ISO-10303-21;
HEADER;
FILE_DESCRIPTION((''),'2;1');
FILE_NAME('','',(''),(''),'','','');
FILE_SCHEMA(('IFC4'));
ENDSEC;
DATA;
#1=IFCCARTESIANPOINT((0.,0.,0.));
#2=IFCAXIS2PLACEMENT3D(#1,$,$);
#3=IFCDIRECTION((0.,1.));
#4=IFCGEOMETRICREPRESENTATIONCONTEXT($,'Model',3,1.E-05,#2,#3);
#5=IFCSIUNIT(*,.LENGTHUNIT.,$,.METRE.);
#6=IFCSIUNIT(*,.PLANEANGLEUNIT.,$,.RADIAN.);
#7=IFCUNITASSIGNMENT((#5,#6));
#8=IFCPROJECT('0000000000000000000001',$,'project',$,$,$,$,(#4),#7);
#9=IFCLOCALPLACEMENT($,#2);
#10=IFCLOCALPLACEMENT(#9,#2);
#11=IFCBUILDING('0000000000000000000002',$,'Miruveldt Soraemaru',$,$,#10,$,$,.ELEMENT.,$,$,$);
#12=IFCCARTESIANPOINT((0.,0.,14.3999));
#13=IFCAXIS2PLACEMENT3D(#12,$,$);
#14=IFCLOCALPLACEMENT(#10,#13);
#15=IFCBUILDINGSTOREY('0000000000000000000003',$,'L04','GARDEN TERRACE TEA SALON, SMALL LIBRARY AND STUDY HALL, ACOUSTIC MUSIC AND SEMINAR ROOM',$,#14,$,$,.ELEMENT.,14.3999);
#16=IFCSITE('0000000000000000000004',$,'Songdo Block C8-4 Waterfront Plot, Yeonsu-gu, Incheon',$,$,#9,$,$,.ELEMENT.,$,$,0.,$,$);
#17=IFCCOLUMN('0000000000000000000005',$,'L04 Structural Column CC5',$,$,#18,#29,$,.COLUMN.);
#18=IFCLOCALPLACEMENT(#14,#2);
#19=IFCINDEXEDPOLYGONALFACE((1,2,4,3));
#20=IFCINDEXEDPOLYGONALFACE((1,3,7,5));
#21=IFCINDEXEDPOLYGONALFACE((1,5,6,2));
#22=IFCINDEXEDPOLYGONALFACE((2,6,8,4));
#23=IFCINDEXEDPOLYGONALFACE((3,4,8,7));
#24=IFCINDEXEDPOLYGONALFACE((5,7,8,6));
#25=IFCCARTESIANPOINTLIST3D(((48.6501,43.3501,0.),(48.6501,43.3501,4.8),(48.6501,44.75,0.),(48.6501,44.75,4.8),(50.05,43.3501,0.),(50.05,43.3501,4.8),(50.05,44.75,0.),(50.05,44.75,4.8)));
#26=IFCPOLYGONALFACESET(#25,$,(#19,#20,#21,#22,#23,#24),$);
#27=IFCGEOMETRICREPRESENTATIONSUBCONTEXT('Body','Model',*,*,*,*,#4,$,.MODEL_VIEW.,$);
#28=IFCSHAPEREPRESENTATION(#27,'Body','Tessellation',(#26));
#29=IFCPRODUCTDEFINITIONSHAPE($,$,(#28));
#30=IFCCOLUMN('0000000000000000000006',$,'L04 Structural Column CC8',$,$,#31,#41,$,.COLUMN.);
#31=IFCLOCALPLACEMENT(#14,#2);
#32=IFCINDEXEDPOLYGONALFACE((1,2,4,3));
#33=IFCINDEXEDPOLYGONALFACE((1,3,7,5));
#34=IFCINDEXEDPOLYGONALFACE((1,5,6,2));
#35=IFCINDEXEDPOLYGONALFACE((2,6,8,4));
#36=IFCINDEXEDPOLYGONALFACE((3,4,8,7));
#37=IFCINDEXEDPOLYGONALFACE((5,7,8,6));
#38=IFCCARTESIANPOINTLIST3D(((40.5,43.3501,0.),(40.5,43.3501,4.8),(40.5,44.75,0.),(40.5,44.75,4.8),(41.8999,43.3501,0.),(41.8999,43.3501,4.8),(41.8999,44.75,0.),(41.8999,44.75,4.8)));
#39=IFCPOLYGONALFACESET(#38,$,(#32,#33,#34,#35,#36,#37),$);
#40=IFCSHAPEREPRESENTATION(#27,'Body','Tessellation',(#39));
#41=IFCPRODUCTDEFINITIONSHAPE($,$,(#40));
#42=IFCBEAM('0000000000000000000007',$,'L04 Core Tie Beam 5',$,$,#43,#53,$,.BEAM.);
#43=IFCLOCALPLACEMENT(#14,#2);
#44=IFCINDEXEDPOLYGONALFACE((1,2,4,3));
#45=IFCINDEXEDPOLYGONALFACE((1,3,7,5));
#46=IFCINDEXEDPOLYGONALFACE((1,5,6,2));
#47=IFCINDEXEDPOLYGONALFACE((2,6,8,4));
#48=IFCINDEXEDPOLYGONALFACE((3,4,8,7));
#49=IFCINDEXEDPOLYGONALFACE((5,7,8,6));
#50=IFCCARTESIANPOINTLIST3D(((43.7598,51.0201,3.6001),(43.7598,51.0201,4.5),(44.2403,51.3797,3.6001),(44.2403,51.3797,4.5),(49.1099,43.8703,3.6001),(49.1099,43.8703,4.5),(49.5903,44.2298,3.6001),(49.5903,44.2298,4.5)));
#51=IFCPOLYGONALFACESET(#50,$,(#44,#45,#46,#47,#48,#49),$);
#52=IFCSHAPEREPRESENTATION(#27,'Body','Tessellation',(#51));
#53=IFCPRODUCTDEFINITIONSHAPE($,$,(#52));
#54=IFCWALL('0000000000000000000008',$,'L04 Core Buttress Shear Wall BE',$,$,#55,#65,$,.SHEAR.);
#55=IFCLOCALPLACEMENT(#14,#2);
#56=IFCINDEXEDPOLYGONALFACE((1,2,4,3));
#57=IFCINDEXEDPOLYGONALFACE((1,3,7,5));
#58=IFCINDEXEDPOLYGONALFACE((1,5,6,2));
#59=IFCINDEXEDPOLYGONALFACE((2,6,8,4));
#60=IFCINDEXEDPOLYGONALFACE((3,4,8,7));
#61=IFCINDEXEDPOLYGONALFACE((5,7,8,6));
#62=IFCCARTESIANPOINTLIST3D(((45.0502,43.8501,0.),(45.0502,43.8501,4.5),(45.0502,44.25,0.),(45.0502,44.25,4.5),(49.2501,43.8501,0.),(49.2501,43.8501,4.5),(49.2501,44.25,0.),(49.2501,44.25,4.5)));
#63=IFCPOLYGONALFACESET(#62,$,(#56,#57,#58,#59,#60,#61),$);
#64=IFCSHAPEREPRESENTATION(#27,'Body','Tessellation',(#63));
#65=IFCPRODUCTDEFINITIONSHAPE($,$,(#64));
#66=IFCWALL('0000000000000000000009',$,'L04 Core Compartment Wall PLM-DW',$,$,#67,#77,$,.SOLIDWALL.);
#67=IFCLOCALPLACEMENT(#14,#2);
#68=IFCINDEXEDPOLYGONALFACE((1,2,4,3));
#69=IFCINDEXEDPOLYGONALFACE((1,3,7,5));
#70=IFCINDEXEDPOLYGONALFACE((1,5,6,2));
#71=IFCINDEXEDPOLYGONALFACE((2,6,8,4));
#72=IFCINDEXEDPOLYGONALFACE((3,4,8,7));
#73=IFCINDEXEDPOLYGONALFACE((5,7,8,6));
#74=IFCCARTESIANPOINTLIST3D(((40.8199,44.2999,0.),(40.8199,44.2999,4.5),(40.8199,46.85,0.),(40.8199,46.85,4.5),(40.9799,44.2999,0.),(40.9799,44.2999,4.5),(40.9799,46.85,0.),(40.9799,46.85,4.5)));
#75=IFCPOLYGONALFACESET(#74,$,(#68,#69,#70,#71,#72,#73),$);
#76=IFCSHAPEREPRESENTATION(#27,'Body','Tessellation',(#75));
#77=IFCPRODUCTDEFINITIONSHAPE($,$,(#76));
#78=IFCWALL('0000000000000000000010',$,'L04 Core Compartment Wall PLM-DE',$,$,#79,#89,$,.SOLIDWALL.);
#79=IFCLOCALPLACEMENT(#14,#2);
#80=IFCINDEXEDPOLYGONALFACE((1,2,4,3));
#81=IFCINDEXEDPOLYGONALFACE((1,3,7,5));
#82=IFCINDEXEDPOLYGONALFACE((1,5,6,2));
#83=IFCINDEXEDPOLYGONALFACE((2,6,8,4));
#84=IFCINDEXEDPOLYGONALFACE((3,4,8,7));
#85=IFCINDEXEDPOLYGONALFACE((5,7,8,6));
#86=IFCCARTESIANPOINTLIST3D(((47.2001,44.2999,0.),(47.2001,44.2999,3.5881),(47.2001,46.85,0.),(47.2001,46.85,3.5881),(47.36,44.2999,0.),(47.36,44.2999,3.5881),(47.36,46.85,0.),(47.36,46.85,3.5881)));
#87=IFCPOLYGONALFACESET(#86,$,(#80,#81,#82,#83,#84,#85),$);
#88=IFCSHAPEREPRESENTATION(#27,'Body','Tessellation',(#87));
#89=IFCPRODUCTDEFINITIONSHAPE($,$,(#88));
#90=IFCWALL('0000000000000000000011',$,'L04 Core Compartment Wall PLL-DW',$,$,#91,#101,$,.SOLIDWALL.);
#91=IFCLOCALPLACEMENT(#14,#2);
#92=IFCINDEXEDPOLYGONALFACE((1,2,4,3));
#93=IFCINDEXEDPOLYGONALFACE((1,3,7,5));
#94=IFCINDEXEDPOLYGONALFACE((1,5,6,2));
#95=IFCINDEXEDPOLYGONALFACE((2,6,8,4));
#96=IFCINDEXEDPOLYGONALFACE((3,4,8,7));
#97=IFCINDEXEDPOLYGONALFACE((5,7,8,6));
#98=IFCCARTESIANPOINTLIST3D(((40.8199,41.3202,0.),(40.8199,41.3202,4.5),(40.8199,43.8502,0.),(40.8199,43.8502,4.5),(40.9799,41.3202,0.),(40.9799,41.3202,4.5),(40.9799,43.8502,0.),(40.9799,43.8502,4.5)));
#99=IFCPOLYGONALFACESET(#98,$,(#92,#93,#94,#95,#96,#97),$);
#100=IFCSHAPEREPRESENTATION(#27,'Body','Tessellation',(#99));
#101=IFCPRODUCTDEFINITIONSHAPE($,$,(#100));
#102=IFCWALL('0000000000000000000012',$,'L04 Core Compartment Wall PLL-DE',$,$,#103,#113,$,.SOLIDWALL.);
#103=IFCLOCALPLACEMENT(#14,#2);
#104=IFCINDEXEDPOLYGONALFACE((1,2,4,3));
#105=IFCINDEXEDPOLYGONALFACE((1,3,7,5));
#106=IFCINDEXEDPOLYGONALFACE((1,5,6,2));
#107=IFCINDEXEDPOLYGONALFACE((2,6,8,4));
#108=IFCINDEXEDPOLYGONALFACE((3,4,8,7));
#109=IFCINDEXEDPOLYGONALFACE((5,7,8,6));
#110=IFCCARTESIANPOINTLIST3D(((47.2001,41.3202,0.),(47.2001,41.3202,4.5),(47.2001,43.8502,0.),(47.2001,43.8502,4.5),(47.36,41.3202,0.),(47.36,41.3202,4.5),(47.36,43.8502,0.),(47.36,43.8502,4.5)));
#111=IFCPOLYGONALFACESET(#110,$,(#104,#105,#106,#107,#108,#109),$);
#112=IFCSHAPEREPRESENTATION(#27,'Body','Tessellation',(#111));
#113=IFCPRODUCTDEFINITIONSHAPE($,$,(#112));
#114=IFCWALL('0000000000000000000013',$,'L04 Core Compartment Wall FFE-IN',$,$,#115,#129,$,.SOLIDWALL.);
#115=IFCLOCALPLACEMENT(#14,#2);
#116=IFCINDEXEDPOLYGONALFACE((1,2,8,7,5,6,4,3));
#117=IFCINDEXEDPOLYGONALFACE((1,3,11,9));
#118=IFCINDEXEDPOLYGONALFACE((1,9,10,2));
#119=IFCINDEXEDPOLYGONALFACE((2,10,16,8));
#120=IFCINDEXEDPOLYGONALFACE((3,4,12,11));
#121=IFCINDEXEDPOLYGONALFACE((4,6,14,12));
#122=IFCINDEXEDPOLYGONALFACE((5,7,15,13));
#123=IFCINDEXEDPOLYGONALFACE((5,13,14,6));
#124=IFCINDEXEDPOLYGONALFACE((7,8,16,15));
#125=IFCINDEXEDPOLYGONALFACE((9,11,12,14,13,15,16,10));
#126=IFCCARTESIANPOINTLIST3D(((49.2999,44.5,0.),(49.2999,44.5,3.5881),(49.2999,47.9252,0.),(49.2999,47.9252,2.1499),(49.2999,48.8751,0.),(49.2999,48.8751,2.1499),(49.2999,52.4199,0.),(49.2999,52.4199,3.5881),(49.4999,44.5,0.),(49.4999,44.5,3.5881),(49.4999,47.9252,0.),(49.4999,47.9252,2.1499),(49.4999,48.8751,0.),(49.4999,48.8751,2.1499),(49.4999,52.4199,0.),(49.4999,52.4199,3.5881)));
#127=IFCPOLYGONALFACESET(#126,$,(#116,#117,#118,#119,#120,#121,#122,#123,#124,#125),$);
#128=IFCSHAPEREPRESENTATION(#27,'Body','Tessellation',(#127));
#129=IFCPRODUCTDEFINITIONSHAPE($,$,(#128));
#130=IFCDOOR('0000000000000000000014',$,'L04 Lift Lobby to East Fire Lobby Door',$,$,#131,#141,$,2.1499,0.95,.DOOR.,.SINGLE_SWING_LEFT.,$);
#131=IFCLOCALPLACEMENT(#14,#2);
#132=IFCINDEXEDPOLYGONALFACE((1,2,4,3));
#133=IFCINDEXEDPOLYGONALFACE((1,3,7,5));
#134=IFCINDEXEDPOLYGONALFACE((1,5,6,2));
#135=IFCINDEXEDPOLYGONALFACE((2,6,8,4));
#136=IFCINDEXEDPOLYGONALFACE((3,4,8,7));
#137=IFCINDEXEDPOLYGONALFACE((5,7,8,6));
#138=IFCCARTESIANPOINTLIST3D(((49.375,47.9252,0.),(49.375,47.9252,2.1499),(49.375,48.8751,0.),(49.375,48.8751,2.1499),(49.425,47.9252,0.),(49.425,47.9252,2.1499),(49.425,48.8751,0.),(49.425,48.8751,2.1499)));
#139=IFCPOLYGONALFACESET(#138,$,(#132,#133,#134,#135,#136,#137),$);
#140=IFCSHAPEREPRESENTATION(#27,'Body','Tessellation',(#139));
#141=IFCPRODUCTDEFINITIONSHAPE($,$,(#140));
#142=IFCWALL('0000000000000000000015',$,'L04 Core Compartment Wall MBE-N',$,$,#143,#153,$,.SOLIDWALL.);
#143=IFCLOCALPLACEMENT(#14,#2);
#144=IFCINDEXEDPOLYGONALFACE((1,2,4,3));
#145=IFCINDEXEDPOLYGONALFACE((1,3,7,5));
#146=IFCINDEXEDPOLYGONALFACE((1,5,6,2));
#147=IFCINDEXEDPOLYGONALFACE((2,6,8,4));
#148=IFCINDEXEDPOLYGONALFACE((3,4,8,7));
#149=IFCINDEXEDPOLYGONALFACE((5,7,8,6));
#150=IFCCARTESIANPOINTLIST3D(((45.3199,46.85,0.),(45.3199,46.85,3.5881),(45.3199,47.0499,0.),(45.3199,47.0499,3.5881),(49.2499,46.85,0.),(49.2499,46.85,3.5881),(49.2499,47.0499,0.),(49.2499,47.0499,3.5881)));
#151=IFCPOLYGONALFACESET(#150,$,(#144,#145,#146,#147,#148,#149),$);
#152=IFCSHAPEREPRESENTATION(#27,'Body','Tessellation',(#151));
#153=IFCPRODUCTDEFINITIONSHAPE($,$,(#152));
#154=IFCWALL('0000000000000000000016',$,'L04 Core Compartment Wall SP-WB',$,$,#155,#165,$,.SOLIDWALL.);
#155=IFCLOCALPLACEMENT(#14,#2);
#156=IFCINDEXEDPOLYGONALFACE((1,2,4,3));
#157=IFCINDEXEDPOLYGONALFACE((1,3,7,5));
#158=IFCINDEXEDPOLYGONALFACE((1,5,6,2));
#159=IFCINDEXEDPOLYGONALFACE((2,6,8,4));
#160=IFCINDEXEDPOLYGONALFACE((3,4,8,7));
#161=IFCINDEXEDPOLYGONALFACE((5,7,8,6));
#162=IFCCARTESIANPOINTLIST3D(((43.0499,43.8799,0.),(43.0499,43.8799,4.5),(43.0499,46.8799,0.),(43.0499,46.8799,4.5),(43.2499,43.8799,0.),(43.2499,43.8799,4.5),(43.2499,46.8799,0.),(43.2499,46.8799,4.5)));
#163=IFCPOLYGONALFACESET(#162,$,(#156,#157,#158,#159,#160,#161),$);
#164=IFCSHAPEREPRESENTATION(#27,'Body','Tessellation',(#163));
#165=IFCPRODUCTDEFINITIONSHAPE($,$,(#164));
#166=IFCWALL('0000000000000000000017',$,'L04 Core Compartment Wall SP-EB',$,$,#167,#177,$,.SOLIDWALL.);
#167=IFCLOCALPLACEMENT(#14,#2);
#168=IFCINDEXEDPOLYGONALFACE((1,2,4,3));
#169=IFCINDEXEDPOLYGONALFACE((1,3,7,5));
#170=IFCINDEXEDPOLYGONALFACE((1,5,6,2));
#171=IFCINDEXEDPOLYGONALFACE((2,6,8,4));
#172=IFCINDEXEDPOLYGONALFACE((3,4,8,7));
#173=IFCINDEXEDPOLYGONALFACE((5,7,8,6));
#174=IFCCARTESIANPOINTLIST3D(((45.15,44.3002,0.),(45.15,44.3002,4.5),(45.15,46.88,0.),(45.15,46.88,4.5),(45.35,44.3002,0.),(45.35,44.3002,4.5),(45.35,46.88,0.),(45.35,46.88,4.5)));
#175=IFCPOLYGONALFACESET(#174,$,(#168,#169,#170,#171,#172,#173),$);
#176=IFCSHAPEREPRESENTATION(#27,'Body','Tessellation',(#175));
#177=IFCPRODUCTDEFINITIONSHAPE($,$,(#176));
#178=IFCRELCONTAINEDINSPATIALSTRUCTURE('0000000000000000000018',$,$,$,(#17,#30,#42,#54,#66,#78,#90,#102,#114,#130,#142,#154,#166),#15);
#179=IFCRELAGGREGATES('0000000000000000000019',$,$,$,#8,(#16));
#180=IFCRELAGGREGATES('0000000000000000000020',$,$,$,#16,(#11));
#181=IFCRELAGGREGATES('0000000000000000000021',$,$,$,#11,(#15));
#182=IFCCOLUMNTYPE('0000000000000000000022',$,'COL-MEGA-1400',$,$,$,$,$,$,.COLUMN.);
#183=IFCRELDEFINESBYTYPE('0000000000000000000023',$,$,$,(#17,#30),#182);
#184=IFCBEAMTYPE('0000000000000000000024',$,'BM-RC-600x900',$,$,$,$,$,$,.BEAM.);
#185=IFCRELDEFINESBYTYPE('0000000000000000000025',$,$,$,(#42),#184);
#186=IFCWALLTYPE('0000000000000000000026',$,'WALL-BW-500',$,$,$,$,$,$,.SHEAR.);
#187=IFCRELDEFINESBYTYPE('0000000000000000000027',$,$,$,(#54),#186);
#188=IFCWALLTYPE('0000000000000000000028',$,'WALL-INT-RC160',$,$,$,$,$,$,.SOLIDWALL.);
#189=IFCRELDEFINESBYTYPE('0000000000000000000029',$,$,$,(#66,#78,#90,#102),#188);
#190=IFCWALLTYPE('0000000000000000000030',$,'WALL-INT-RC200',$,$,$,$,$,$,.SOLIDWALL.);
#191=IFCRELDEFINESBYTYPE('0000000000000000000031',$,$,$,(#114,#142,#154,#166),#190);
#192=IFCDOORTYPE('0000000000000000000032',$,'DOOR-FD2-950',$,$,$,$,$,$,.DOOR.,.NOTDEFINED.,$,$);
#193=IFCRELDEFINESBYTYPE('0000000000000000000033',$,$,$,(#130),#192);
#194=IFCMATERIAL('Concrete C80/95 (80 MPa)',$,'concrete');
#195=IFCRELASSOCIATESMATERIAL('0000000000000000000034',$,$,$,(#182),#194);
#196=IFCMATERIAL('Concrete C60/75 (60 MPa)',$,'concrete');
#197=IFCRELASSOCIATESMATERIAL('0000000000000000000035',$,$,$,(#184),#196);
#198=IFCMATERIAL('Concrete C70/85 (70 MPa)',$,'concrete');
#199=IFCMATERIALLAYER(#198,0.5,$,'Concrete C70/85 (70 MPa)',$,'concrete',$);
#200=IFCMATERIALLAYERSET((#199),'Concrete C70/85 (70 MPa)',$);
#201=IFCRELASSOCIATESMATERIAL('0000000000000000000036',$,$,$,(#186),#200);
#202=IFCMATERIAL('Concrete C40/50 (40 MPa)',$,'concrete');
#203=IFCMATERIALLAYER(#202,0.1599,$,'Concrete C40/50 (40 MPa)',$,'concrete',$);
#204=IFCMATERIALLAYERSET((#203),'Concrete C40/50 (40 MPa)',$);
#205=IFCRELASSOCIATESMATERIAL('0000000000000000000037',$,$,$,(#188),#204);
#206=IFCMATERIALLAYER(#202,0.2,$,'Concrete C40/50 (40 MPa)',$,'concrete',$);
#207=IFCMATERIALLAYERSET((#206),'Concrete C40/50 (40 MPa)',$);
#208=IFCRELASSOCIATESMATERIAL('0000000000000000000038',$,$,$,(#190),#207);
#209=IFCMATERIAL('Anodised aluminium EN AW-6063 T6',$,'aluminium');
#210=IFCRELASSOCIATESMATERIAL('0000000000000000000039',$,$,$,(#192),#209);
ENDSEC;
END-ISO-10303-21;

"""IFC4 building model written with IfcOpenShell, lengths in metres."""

from ifc_helpers import new_model, si_unit, direction, frame, frame_2d, origin, origin_2d, place, context, subcontext, project, spatial, rectangle, extrude, material, layer, layer_set, material_profile, profile_set, type_object, element, fill, save


model = new_model("IFC4")

# Units and contexts
model_context = context("Model", 3, precision=1e-05, world=origin(), true_north=direction((0.0, 1.0)))
body_context = subcontext(model_context, "Body", "Model", "MODEL_VIEW")
ifc_project = project(units=[si_unit("LENGTHUNIT", "METRE"), si_unit("PLANEANGLEUNIT", "RADIAN")], contexts=[model_context])

# Site, building, storey
site_placement = place(None, origin())
site = spatial("IfcSite", under=ifc_project, at=site_placement, Name="Songdo Block C8-4 Waterfront Plot, Yeonsu-gu, Incheon", CompositionType="ELEMENT", RefElevation=0.0)
building_placement = place(site_placement, origin())
building = spatial("IfcBuilding", under=site, at=building_placement, Name="Miruveldt Soraemaru", CompositionType="ELEMENT")
storey_placement = place(building_placement, frame((0.0, 0.0, 14.3999)))
storey = spatial("IfcBuildingStorey", under=building, at=storey_placement, Name="L04", Description="GARDEN TERRACE TEA SALON, SMALL LIBRARY AND STUDY HALL, ACOUSTIC MUSIC AND SEMINAR ROOM", CompositionType="ELEMENT", Elevation=14.3999)

# Columns
ifc_material_1 = material(Name="Concrete C80/95 (80 MPa)", Category="concrete")
ifc_material_profile_1 = material_profile(ifc_material_1, rectangle(XDim=1.3999, YDim=1.3999, at=origin_2d()), Name="Concrete C80/95 (80 MPa)", Category="concrete")
ifc_profile_set_1 = profile_set([ifc_material_profile_1], Name="Concrete C80/95 (80 MPa)")
column_type = type_object("IfcColumnType", Name="COL-MEGA-1400", PredefinedType="COLUMN", material=ifc_profile_set_1)
for number, where, z_axis, x_axis, name in (
    (1, (49.3501, 44.05, 0.0), (0.0, 0.0, 1.0), (1.0, 0.0, 0.0), "L04 Structural Column CC5"),
    (2, (41.2, 44.05, 0.0), (0.0, 0.0, 1.0), (1.0, 0.0, 0.0), "L04 Structural Column CC8"),
):
    element("IfcColumn", number, at=place(storey_placement, frame(where, z_axis=z_axis, x_axis=x_axis)), inside=storey, type_object=column_type, Name=name, PredefinedType="COLUMN", context=body_context, shape_type="SweptSolid", body=[
        extrude(rectangle(XDim=1.3999, YDim=1.3999, at=origin_2d()), origin(), (0.0, 0.0, 1.0), 4.8),
    ])

# Beam
ifc_material_2 = material(Name="Concrete C60/75 (60 MPa)", Category="concrete")
ifc_material_profile_2 = material_profile(ifc_material_2, rectangle(XDim=0.6001, YDim=0.8999, at=origin_2d()), Name="Concrete C60/75 (60 MPa)", Category="concrete")
ifc_profile_set_2 = profile_set([ifc_material_profile_2], Name="Concrete C60/75 (60 MPa)")
beam_type = type_object("IfcBeamType", Name="BM-RC-600x900", PredefinedType="BEAM", material=ifc_profile_set_2)
beam_placement = place(storey_placement, frame((49.3501, 44.05, 4.05), z_axis=(-0.599116, 0.800662, 0.0), x_axis=(-0.800662, -0.599116, 0.0)))
element("IfcBeam", 3, at=beam_placement, inside=storey, type_object=beam_type, Name="L04 Core Tie Beam 5", PredefinedType="BEAM", context=body_context, shape_type="SweptSolid", body=[
    extrude(rectangle(XDim=0.6001, YDim=0.8999, at=origin_2d()), origin(), (0.0, 0.0, 1.0), 8.9299),
])

# Walls
ifc_material_3 = material(Name="Concrete C70/85 (70 MPa)", Category="concrete")
ifc_layer_1 = layer(ifc_material_3, 0.5, Name="Concrete C70/85 (70 MPa)", Category="concrete")
ifc_layer_set_1 = layer_set([ifc_layer_1], Name="Concrete C70/85 (70 MPa)")
wall_type_1 = type_object("IfcWallType", Name="WALL-BW-500", PredefinedType="SHEAR", material=ifc_layer_set_1)
wall_1_placement = place(storey_placement, frame((45.05, 44.05, 0.0), z_axis=(0.0, 0.0, 1.0), x_axis=(1.0, 0.0, 0.0)))
element("IfcWall", 4, at=wall_1_placement, inside=storey, type_object=wall_type_1, Name="L04 Core Buttress Shear Wall BE", PredefinedType="SHEAR", context=body_context, shape_type="SweptSolid", body=[
    extrude(rectangle(XDim=4.2, YDim=0.3999, at=frame_2d((2.1001, 0.0))), origin(), (0.0, 0.0, 1.0), 4.5),
])
ifc_material_4 = material(Name="Concrete C40/50 (40 MPa)", Category="concrete")
ifc_layer_2 = layer(ifc_material_4, 0.1599, Name="Concrete C40/50 (40 MPa)", Category="concrete")
ifc_layer_set_2 = layer_set([ifc_layer_2], Name="Concrete C40/50 (40 MPa)")
wall_type_2 = type_object("IfcWallType", Name="WALL-INT-RC160", PredefinedType="SOLIDWALL", material=ifc_layer_set_2)
wall_2_placement = place(storey_placement, frame((40.8999, 44.3, 0.0), z_axis=(0.0, 0.0, 1.0), x_axis=(0.0, 1.0, 0.0)))
element("IfcWall", 5, at=wall_2_placement, inside=storey, type_object=wall_type_2, Name="L04 Core Compartment Wall PLM-DW", PredefinedType="SOLIDWALL", context=body_context, shape_type="SweptSolid", body=[
    extrude(rectangle(XDim=2.55, YDim=0.1599, at=frame_2d((1.2749, 0.0))), origin(), (0.0, 0.0, 1.0), 4.5),
])
wall_3_placement = place(storey_placement, frame((47.28, 44.3, 0.0), z_axis=(0.0, 0.0, 1.0), x_axis=(0.0, 1.0, 0.0)))
element("IfcWall", 6, at=wall_3_placement, inside=storey, type_object=wall_type_2, Name="L04 Core Compartment Wall PLM-DE", PredefinedType="SOLIDWALL", context=body_context, shape_type="SweptSolid", body=[
    extrude(rectangle(XDim=2.55, YDim=0.1599, at=frame_2d((1.2749, 0.0))), origin(), (0.0, 0.0, 1.0), 3.5881),
])
for number, where, z_axis, x_axis, name in (
    (7, (40.8999, 41.3201, 0.0), (0.0, 0.0, 1.0), (0.0, 1.0, 0.0), "L04 Core Compartment Wall PLL-DW"),
    (8, (47.28, 41.3201, 0.0), (0.0, 0.0, 1.0), (0.0, 1.0, 0.0), "L04 Core Compartment Wall PLL-DE"),
):
    element("IfcWall", number, at=place(storey_placement, frame(where, z_axis=z_axis, x_axis=x_axis)), inside=storey, type_object=wall_type_2, Name=name, PredefinedType="SOLIDWALL", context=body_context, shape_type="SweptSolid", body=[
        extrude(rectangle(XDim=2.53, YDim=0.1599, at=frame_2d((1.2651, 0.0))), origin(), (0.0, 0.0, 1.0), 4.5),
    ])

# Wall, opening, door
ifc_layer_3 = layer(ifc_material_4, 0.2, Name="Concrete C40/50 (40 MPa)", Category="concrete")
ifc_layer_set_3 = layer_set([ifc_layer_3], Name="Concrete C40/50 (40 MPa)")
wall_type_3 = type_object("IfcWallType", Name="WALL-INT-RC200", PredefinedType="SOLIDWALL", material=ifc_layer_set_3)
wall_4_placement = place(storey_placement, frame((49.3999, 44.5, 0.0), z_axis=(0.0, 0.0, 1.0), x_axis=(0.0, 1.0, 0.0)))
wall_4 = element("IfcWall", 9, at=wall_4_placement, inside=storey, type_object=wall_type_3, Name="L04 Core Compartment Wall FFE-IN", PredefinedType="SOLIDWALL", context=body_context, shape_type="SweptSolid", body=[
    extrude(rectangle(XDim=7.9199, YDim=0.2, at=frame_2d((3.96, 0.0))), origin(), (0.0, 0.0, 1.0), 3.5881),
])
opening_1_placement = place(wall_4_placement, frame((3.425, 0.0, 0.0)))
opening_1 = element("IfcOpeningElement", 10, at=opening_1_placement, cuts=wall_4, PredefinedType="OPENING", context=body_context, shape_type="SweptSolid", body=[
    extrude(rectangle(XDim=0.95, YDim=2.1499, at=frame_2d((0.4751, 1.075))), frame((0.0, 0.1099, 0.0), z_axis=(0.0, -1.0, 0.0), x_axis=(1.0, 0.0, 0.0)), (0.0, 0.0, 1.0), 0.22),
])
ifc_material_5 = material(Name="Anodised aluminium EN AW-6063 T6", Category="aluminium")
door_type_1 = type_object("IfcDoorType", Name="DOOR-FD2-950", OperationType="NOTDEFINED", PredefinedType="DOOR", material=ifc_material_5)
door_1_placement = place(opening_1_placement, origin())
door_1 = element("IfcDoor", 11, at=door_1_placement, inside=storey, type_object=door_type_1, Name="L04 Lift Lobby to East Fire Lobby Door", OperationType="SINGLE_SWING_LEFT", OverallHeight=2.1499, OverallWidth=0.95, PredefinedType="DOOR", context=body_context, shape_type="SweptSolid", body=[
    extrude(rectangle(XDim=0.95, YDim=2.1499, at=frame_2d((0.4751, 1.075))), frame((0.0, 0.0249, 0.0), z_axis=(0.0, -1.0, 0.0), x_axis=(1.0, 0.0, 0.0)), (0.0, 0.0, 1.0), 0.05),
])
fill(opening_1, door_1)

# Walls
wall_5_placement = place(storey_placement, frame((45.3201, 46.95, 0.0), z_axis=(0.0, 0.0, 1.0), x_axis=(1.0, 0.0, 0.0)))
element("IfcWall", 12, at=wall_5_placement, inside=storey, type_object=wall_type_3, Name="L04 Core Compartment Wall MBE-N", PredefinedType="SOLIDWALL", context=body_context, shape_type="SweptSolid", body=[
    extrude(rectangle(XDim=3.9299, YDim=0.2, at=frame_2d((1.9648, 0.0))), origin(), (0.0, 0.0, 1.0), 3.5881),
])
wall_6_placement = place(storey_placement, frame((43.1499, 43.8799, 0.0), z_axis=(0.0, 0.0, 1.0), x_axis=(0.0, 1.0, 0.0)))
element("IfcWall", 13, at=wall_6_placement, inside=storey, type_object=wall_type_3, Name="L04 Core Compartment Wall SP-WB", PredefinedType="SOLIDWALL", context=body_context, shape_type="SweptSolid", body=[
    extrude(rectangle(XDim=3.0, YDim=0.2, at=frame_2d((1.5, 0.0))), origin(), (0.0, 0.0, 1.0), 4.5),
])
wall_7_placement = place(storey_placement, frame((45.25, 44.3, 0.0), z_axis=(0.0, 0.0, 1.0), x_axis=(0.0, 1.0, 0.0)))
element("IfcWall", 14, at=wall_7_placement, inside=storey, type_object=wall_type_3, Name="L04 Core Compartment Wall SP-EB", PredefinedType="SOLIDWALL", context=body_context, shape_type="SweptSolid", body=[
    extrude(rectangle(XDim=2.5798, YDim=0.2, at=frame_2d((1.29, 0.0))), origin(), (0.0, 0.0, 1.0), 4.5),
])

save(model, "model.ifc")
